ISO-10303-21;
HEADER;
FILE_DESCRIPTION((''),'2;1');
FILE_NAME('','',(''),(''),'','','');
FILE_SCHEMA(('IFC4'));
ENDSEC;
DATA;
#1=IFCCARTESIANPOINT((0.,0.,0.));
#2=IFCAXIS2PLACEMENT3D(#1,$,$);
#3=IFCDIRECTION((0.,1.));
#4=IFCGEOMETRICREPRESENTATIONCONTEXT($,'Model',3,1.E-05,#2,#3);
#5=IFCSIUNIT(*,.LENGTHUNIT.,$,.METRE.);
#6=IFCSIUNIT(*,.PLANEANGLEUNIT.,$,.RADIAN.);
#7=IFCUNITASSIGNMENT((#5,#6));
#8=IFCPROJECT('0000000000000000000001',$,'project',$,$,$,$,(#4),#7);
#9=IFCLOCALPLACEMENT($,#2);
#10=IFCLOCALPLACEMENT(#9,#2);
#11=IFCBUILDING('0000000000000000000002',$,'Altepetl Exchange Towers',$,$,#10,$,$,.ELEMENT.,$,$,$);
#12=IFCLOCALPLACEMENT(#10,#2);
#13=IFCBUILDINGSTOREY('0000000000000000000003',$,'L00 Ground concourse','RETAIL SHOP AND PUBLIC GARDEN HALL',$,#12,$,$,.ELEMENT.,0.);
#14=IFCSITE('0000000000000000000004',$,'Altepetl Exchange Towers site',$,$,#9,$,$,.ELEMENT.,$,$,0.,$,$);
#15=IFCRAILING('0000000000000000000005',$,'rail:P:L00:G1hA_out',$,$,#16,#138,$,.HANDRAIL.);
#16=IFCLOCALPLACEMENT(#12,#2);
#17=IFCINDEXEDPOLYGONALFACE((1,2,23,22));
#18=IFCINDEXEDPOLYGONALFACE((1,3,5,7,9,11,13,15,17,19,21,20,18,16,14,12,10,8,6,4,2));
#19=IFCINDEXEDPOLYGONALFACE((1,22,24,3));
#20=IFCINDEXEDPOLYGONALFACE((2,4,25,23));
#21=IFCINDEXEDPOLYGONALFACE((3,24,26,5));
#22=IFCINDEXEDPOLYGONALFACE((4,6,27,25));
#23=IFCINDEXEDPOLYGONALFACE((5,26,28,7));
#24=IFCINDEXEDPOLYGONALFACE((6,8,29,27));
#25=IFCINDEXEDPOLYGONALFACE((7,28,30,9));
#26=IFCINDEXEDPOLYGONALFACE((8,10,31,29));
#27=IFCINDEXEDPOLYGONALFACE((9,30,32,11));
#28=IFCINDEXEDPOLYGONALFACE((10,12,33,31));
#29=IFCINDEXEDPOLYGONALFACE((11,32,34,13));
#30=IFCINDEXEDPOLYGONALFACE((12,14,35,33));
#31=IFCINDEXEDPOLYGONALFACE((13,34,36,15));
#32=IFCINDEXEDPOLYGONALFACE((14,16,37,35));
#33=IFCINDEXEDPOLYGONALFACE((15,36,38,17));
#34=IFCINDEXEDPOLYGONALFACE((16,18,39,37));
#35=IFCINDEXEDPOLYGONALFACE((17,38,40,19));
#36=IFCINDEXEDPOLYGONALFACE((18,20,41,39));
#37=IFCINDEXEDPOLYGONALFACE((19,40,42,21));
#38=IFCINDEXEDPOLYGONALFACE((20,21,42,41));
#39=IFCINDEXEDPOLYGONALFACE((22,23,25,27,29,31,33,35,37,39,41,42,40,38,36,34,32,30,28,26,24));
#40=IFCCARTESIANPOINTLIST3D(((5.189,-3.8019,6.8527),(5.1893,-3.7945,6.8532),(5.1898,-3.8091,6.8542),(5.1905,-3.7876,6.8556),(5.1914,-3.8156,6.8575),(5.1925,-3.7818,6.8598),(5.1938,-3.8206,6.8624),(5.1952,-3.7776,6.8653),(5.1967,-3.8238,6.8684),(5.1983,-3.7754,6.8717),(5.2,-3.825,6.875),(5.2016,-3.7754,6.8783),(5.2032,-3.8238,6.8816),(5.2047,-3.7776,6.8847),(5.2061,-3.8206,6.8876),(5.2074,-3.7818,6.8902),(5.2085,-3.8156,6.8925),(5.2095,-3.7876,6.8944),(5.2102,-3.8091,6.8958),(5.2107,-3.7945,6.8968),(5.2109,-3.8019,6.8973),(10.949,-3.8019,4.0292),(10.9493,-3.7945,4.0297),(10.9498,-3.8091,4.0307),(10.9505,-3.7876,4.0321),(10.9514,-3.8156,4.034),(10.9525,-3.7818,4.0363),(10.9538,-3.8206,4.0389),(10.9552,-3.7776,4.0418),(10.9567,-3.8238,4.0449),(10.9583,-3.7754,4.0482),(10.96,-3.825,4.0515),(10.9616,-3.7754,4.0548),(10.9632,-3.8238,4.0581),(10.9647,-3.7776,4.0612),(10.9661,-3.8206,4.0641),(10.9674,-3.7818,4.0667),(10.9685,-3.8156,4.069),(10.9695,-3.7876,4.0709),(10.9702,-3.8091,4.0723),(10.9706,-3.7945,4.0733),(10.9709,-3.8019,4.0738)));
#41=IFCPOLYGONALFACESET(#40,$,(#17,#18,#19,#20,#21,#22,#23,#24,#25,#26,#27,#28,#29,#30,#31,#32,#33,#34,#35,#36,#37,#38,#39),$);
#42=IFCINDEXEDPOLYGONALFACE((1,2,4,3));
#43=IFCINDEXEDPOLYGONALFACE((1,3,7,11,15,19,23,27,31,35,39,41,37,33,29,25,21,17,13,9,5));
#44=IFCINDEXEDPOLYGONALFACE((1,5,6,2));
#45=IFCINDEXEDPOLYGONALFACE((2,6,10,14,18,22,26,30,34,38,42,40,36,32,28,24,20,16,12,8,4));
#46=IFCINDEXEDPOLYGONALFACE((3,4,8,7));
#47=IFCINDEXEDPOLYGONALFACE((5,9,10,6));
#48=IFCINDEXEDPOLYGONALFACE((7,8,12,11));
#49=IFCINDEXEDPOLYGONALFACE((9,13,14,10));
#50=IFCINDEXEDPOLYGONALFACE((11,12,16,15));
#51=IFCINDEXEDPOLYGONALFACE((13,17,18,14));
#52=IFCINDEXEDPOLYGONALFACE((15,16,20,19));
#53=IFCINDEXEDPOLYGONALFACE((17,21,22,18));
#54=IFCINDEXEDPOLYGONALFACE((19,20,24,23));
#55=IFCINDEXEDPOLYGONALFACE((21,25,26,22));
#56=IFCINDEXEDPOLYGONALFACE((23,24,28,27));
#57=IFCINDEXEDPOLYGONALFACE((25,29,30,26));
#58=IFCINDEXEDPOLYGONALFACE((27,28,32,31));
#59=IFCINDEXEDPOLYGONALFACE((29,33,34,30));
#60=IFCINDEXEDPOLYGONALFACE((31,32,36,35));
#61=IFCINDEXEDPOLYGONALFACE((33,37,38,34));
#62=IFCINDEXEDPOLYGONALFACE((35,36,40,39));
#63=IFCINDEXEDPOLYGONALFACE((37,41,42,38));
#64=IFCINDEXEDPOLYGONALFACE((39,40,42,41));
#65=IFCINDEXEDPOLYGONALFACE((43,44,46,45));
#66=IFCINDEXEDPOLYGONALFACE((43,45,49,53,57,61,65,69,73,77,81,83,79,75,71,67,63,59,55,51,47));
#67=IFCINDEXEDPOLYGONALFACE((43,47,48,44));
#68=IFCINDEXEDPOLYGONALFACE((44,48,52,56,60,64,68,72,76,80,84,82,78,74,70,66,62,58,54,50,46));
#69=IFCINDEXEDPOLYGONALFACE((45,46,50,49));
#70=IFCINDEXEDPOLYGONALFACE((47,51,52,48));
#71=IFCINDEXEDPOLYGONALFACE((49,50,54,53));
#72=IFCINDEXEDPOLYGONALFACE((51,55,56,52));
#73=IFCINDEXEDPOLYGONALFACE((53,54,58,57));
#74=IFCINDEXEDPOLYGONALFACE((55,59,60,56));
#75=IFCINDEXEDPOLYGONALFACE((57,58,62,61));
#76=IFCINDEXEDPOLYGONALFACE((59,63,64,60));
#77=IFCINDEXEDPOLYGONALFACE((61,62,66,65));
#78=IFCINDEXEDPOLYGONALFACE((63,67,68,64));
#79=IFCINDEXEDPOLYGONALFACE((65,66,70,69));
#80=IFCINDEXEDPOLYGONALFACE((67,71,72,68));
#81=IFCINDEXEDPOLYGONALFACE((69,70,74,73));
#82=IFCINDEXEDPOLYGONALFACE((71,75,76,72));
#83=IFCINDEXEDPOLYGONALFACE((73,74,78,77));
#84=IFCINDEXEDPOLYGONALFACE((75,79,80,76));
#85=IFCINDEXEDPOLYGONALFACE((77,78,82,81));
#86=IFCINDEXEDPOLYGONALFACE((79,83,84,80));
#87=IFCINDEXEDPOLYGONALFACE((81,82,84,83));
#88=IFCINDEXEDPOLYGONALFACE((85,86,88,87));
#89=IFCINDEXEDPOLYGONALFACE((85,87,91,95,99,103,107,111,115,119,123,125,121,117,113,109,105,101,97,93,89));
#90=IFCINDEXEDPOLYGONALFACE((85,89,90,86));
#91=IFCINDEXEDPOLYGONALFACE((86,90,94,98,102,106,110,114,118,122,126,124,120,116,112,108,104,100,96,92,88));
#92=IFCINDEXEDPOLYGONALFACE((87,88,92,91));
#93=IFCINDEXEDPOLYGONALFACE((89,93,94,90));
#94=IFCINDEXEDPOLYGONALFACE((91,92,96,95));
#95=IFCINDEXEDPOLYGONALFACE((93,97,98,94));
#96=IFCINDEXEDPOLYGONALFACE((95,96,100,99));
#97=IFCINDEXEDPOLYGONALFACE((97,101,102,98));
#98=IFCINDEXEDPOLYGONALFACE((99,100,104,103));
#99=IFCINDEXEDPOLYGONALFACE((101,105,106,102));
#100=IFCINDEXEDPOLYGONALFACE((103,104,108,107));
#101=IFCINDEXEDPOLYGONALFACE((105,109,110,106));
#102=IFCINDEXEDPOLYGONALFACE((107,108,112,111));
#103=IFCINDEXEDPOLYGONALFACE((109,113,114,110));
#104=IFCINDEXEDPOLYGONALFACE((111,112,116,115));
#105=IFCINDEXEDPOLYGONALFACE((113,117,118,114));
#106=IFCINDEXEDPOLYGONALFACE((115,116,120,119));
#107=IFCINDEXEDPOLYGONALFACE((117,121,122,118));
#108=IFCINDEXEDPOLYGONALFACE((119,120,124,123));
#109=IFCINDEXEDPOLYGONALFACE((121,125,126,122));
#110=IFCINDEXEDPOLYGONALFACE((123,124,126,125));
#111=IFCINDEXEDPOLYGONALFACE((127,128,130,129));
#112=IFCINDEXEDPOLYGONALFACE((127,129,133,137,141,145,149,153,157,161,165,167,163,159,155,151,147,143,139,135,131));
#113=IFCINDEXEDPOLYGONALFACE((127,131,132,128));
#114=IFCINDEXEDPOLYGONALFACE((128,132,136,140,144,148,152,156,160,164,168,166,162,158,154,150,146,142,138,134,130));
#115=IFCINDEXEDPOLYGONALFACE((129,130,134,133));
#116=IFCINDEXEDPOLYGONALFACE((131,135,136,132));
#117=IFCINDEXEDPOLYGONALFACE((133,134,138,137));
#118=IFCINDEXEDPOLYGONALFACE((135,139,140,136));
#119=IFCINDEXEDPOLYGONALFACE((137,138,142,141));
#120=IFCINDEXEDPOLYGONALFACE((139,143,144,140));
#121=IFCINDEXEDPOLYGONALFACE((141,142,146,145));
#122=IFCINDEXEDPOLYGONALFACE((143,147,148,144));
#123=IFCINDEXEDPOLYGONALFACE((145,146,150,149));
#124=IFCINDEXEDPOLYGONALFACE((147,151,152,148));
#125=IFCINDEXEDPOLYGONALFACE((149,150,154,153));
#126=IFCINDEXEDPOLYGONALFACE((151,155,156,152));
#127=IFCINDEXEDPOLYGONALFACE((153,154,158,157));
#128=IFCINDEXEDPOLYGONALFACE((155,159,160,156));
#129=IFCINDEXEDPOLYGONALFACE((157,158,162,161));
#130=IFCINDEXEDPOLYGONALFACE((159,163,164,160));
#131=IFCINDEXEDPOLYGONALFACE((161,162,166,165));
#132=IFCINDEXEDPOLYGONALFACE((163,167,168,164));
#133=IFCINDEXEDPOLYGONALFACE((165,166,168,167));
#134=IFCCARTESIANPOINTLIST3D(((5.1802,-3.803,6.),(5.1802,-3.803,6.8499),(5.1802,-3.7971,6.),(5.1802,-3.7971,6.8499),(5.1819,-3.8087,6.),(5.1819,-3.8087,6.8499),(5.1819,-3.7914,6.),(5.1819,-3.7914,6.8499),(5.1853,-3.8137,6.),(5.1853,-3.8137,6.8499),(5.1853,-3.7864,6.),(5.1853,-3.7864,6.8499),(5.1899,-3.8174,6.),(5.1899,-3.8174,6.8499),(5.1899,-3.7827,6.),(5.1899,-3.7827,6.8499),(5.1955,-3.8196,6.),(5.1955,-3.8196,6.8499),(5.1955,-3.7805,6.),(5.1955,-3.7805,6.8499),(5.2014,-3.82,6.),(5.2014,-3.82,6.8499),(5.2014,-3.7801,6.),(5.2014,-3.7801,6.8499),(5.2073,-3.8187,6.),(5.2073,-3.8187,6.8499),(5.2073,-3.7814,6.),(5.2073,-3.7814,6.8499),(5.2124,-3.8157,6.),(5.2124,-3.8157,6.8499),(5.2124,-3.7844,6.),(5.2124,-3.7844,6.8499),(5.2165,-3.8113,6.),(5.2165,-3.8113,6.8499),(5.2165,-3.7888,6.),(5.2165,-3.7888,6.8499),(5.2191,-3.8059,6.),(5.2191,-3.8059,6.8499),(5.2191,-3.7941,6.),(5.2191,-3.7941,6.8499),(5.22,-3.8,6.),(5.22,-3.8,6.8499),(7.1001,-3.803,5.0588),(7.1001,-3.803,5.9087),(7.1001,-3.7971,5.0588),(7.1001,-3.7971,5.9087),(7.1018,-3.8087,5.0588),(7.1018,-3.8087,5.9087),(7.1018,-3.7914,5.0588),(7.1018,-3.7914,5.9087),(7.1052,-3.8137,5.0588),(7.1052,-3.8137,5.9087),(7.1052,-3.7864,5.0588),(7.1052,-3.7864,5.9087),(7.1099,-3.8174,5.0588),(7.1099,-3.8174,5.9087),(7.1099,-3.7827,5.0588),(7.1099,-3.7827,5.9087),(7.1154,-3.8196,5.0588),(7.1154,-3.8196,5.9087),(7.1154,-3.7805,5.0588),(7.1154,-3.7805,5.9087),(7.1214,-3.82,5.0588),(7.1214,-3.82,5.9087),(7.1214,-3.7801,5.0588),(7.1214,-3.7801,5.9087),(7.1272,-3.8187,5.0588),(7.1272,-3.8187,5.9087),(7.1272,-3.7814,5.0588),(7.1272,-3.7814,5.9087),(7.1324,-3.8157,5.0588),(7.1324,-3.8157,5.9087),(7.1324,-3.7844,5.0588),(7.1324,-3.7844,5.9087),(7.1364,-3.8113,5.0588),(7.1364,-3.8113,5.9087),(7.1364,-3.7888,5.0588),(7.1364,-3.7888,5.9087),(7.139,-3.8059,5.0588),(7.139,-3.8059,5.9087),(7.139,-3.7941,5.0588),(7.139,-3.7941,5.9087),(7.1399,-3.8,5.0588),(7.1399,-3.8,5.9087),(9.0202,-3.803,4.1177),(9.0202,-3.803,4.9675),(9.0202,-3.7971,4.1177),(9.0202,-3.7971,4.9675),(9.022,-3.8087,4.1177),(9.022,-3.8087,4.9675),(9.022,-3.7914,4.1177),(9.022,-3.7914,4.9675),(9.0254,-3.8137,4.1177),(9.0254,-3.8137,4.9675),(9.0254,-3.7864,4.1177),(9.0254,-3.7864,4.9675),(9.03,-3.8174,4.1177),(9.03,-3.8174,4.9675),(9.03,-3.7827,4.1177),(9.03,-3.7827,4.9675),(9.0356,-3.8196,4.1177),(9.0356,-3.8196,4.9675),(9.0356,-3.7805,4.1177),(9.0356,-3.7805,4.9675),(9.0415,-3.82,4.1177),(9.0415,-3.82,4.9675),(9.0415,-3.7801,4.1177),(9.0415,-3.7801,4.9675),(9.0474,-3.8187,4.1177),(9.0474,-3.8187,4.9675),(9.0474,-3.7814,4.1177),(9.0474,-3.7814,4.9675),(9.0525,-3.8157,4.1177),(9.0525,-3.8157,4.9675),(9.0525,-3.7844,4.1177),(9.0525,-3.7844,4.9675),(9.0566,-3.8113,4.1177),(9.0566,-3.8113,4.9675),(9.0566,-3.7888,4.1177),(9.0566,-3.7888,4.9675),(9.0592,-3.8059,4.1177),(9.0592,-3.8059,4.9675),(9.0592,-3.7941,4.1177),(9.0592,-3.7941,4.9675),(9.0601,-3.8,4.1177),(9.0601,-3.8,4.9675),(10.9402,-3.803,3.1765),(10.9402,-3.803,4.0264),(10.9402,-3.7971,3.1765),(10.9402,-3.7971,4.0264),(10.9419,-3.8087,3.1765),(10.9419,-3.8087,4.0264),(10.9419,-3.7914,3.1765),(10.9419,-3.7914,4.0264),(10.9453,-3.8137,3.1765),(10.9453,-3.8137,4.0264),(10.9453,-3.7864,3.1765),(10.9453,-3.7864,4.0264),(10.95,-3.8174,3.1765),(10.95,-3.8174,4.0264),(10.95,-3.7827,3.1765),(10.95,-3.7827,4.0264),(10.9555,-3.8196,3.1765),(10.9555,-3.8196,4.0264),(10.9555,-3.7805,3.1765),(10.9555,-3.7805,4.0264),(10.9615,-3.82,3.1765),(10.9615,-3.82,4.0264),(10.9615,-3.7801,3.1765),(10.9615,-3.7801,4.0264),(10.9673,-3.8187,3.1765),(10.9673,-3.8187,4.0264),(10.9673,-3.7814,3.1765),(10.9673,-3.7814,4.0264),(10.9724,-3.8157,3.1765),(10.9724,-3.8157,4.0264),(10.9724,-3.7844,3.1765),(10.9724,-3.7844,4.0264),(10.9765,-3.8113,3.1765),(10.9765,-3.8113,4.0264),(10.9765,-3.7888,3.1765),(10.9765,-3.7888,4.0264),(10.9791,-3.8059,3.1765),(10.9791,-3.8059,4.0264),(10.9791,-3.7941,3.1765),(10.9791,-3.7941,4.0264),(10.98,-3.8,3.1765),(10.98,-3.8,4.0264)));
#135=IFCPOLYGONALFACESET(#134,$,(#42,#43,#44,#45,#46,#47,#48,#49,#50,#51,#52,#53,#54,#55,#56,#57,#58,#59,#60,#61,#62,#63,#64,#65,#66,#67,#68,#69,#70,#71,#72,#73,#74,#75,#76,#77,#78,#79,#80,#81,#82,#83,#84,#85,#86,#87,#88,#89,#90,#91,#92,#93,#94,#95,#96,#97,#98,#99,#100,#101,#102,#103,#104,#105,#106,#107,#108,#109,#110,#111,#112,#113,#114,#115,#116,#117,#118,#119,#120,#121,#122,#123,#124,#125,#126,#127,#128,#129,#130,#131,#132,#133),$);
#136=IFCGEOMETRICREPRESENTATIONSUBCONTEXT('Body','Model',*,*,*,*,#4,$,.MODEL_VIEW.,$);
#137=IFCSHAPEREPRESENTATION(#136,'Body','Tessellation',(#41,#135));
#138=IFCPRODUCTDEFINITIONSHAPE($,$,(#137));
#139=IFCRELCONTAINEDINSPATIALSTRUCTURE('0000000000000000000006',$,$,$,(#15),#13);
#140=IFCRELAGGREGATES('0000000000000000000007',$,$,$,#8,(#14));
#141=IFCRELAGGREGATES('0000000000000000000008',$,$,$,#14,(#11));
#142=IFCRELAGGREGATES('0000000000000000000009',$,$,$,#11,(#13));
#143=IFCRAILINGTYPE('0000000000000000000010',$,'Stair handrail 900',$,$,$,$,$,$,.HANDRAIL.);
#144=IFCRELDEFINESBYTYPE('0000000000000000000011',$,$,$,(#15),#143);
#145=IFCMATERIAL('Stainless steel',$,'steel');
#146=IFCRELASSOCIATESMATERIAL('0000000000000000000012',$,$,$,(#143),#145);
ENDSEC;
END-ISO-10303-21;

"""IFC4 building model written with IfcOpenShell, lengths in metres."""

from ifc_helpers import new_model, si_unit, direction, frame, origin, origin_2d, place, context, subcontext, project, spatial, circle, extrude, source, transform, mapped, material, type_object, element, save


model = new_model("IFC4")

# Units and contexts
model_context = context("Model", 3, precision=1e-05, world=origin(), true_north=direction((0.0, 1.0)))
body_context = subcontext(model_context, "Body", "Model", "MODEL_VIEW")
ifc_project = project(units=[si_unit("LENGTHUNIT", "METRE"), si_unit("PLANEANGLEUNIT", "RADIAN")], contexts=[model_context])

# Site, building, storey
site_placement = place(None, origin())
site = spatial("IfcSite", under=ifc_project, at=site_placement, Name="Altepetl Exchange Towers site", CompositionType="ELEMENT", RefElevation=0.0)
building_placement = place(site_placement, origin())
building = spatial("IfcBuilding", under=site, at=building_placement, Name="Altepetl Exchange Towers", CompositionType="ELEMENT")
storey_placement = place(building_placement, origin())
storey = spatial("IfcBuildingStorey", under=building, at=storey_placement, Name="L00 Ground concourse", Description="RETAIL SHOP AND PUBLIC GARDEN HALL", CompositionType="ELEMENT", Elevation=0.0)

# Railing
ifc_material_1 = material(Name="Stainless steel", Category="steel")
railing_type_1 = type_object("IfcRailingType", Name="Stair handrail 900", PredefinedType="HANDRAIL", material=ifc_material_1)
shared_shape_1 = source(origin(), body_context, "Body", "SweptSolid", [
    extrude(circle(Radius=0.02, at=origin_2d()), origin(), (0.0, 0.0, 1.0), 0.8499),
])
for number, where, name in (
    (1, (10.96, -3.8, 3.1765), "rail:P:L00:G1hA_out"),
):
    element("IfcRailing", number, at=place(storey_placement, frame(where)), inside=storey, type_object=railing_type_1, Name=name, PredefinedType="HANDRAIL", context=body_context, shape_type="SweptSolid", body=[
        extrude(circle(Radius=0.0249, at=origin_2d()), frame((0.0, 0.0, 0.875), z_axis=(-0.897924, 0.0, 0.440151), x_axis=(0.0, -1.0, 0.0)), (0.0, 0.0, 1.0), 6.4148),
        mapped(shared_shape_1, transform((0.0, 0.0, 0.0))),
        mapped(shared_shape_1, transform((-1.9199, 0.0, 0.9412))),
        mapped(shared_shape_1, transform((-3.8401, 0.0, 1.8823))),
        mapped(shared_shape_1, transform((-5.76, 0.0, 2.8235))),
    ])

save(model, "model.ifc")
